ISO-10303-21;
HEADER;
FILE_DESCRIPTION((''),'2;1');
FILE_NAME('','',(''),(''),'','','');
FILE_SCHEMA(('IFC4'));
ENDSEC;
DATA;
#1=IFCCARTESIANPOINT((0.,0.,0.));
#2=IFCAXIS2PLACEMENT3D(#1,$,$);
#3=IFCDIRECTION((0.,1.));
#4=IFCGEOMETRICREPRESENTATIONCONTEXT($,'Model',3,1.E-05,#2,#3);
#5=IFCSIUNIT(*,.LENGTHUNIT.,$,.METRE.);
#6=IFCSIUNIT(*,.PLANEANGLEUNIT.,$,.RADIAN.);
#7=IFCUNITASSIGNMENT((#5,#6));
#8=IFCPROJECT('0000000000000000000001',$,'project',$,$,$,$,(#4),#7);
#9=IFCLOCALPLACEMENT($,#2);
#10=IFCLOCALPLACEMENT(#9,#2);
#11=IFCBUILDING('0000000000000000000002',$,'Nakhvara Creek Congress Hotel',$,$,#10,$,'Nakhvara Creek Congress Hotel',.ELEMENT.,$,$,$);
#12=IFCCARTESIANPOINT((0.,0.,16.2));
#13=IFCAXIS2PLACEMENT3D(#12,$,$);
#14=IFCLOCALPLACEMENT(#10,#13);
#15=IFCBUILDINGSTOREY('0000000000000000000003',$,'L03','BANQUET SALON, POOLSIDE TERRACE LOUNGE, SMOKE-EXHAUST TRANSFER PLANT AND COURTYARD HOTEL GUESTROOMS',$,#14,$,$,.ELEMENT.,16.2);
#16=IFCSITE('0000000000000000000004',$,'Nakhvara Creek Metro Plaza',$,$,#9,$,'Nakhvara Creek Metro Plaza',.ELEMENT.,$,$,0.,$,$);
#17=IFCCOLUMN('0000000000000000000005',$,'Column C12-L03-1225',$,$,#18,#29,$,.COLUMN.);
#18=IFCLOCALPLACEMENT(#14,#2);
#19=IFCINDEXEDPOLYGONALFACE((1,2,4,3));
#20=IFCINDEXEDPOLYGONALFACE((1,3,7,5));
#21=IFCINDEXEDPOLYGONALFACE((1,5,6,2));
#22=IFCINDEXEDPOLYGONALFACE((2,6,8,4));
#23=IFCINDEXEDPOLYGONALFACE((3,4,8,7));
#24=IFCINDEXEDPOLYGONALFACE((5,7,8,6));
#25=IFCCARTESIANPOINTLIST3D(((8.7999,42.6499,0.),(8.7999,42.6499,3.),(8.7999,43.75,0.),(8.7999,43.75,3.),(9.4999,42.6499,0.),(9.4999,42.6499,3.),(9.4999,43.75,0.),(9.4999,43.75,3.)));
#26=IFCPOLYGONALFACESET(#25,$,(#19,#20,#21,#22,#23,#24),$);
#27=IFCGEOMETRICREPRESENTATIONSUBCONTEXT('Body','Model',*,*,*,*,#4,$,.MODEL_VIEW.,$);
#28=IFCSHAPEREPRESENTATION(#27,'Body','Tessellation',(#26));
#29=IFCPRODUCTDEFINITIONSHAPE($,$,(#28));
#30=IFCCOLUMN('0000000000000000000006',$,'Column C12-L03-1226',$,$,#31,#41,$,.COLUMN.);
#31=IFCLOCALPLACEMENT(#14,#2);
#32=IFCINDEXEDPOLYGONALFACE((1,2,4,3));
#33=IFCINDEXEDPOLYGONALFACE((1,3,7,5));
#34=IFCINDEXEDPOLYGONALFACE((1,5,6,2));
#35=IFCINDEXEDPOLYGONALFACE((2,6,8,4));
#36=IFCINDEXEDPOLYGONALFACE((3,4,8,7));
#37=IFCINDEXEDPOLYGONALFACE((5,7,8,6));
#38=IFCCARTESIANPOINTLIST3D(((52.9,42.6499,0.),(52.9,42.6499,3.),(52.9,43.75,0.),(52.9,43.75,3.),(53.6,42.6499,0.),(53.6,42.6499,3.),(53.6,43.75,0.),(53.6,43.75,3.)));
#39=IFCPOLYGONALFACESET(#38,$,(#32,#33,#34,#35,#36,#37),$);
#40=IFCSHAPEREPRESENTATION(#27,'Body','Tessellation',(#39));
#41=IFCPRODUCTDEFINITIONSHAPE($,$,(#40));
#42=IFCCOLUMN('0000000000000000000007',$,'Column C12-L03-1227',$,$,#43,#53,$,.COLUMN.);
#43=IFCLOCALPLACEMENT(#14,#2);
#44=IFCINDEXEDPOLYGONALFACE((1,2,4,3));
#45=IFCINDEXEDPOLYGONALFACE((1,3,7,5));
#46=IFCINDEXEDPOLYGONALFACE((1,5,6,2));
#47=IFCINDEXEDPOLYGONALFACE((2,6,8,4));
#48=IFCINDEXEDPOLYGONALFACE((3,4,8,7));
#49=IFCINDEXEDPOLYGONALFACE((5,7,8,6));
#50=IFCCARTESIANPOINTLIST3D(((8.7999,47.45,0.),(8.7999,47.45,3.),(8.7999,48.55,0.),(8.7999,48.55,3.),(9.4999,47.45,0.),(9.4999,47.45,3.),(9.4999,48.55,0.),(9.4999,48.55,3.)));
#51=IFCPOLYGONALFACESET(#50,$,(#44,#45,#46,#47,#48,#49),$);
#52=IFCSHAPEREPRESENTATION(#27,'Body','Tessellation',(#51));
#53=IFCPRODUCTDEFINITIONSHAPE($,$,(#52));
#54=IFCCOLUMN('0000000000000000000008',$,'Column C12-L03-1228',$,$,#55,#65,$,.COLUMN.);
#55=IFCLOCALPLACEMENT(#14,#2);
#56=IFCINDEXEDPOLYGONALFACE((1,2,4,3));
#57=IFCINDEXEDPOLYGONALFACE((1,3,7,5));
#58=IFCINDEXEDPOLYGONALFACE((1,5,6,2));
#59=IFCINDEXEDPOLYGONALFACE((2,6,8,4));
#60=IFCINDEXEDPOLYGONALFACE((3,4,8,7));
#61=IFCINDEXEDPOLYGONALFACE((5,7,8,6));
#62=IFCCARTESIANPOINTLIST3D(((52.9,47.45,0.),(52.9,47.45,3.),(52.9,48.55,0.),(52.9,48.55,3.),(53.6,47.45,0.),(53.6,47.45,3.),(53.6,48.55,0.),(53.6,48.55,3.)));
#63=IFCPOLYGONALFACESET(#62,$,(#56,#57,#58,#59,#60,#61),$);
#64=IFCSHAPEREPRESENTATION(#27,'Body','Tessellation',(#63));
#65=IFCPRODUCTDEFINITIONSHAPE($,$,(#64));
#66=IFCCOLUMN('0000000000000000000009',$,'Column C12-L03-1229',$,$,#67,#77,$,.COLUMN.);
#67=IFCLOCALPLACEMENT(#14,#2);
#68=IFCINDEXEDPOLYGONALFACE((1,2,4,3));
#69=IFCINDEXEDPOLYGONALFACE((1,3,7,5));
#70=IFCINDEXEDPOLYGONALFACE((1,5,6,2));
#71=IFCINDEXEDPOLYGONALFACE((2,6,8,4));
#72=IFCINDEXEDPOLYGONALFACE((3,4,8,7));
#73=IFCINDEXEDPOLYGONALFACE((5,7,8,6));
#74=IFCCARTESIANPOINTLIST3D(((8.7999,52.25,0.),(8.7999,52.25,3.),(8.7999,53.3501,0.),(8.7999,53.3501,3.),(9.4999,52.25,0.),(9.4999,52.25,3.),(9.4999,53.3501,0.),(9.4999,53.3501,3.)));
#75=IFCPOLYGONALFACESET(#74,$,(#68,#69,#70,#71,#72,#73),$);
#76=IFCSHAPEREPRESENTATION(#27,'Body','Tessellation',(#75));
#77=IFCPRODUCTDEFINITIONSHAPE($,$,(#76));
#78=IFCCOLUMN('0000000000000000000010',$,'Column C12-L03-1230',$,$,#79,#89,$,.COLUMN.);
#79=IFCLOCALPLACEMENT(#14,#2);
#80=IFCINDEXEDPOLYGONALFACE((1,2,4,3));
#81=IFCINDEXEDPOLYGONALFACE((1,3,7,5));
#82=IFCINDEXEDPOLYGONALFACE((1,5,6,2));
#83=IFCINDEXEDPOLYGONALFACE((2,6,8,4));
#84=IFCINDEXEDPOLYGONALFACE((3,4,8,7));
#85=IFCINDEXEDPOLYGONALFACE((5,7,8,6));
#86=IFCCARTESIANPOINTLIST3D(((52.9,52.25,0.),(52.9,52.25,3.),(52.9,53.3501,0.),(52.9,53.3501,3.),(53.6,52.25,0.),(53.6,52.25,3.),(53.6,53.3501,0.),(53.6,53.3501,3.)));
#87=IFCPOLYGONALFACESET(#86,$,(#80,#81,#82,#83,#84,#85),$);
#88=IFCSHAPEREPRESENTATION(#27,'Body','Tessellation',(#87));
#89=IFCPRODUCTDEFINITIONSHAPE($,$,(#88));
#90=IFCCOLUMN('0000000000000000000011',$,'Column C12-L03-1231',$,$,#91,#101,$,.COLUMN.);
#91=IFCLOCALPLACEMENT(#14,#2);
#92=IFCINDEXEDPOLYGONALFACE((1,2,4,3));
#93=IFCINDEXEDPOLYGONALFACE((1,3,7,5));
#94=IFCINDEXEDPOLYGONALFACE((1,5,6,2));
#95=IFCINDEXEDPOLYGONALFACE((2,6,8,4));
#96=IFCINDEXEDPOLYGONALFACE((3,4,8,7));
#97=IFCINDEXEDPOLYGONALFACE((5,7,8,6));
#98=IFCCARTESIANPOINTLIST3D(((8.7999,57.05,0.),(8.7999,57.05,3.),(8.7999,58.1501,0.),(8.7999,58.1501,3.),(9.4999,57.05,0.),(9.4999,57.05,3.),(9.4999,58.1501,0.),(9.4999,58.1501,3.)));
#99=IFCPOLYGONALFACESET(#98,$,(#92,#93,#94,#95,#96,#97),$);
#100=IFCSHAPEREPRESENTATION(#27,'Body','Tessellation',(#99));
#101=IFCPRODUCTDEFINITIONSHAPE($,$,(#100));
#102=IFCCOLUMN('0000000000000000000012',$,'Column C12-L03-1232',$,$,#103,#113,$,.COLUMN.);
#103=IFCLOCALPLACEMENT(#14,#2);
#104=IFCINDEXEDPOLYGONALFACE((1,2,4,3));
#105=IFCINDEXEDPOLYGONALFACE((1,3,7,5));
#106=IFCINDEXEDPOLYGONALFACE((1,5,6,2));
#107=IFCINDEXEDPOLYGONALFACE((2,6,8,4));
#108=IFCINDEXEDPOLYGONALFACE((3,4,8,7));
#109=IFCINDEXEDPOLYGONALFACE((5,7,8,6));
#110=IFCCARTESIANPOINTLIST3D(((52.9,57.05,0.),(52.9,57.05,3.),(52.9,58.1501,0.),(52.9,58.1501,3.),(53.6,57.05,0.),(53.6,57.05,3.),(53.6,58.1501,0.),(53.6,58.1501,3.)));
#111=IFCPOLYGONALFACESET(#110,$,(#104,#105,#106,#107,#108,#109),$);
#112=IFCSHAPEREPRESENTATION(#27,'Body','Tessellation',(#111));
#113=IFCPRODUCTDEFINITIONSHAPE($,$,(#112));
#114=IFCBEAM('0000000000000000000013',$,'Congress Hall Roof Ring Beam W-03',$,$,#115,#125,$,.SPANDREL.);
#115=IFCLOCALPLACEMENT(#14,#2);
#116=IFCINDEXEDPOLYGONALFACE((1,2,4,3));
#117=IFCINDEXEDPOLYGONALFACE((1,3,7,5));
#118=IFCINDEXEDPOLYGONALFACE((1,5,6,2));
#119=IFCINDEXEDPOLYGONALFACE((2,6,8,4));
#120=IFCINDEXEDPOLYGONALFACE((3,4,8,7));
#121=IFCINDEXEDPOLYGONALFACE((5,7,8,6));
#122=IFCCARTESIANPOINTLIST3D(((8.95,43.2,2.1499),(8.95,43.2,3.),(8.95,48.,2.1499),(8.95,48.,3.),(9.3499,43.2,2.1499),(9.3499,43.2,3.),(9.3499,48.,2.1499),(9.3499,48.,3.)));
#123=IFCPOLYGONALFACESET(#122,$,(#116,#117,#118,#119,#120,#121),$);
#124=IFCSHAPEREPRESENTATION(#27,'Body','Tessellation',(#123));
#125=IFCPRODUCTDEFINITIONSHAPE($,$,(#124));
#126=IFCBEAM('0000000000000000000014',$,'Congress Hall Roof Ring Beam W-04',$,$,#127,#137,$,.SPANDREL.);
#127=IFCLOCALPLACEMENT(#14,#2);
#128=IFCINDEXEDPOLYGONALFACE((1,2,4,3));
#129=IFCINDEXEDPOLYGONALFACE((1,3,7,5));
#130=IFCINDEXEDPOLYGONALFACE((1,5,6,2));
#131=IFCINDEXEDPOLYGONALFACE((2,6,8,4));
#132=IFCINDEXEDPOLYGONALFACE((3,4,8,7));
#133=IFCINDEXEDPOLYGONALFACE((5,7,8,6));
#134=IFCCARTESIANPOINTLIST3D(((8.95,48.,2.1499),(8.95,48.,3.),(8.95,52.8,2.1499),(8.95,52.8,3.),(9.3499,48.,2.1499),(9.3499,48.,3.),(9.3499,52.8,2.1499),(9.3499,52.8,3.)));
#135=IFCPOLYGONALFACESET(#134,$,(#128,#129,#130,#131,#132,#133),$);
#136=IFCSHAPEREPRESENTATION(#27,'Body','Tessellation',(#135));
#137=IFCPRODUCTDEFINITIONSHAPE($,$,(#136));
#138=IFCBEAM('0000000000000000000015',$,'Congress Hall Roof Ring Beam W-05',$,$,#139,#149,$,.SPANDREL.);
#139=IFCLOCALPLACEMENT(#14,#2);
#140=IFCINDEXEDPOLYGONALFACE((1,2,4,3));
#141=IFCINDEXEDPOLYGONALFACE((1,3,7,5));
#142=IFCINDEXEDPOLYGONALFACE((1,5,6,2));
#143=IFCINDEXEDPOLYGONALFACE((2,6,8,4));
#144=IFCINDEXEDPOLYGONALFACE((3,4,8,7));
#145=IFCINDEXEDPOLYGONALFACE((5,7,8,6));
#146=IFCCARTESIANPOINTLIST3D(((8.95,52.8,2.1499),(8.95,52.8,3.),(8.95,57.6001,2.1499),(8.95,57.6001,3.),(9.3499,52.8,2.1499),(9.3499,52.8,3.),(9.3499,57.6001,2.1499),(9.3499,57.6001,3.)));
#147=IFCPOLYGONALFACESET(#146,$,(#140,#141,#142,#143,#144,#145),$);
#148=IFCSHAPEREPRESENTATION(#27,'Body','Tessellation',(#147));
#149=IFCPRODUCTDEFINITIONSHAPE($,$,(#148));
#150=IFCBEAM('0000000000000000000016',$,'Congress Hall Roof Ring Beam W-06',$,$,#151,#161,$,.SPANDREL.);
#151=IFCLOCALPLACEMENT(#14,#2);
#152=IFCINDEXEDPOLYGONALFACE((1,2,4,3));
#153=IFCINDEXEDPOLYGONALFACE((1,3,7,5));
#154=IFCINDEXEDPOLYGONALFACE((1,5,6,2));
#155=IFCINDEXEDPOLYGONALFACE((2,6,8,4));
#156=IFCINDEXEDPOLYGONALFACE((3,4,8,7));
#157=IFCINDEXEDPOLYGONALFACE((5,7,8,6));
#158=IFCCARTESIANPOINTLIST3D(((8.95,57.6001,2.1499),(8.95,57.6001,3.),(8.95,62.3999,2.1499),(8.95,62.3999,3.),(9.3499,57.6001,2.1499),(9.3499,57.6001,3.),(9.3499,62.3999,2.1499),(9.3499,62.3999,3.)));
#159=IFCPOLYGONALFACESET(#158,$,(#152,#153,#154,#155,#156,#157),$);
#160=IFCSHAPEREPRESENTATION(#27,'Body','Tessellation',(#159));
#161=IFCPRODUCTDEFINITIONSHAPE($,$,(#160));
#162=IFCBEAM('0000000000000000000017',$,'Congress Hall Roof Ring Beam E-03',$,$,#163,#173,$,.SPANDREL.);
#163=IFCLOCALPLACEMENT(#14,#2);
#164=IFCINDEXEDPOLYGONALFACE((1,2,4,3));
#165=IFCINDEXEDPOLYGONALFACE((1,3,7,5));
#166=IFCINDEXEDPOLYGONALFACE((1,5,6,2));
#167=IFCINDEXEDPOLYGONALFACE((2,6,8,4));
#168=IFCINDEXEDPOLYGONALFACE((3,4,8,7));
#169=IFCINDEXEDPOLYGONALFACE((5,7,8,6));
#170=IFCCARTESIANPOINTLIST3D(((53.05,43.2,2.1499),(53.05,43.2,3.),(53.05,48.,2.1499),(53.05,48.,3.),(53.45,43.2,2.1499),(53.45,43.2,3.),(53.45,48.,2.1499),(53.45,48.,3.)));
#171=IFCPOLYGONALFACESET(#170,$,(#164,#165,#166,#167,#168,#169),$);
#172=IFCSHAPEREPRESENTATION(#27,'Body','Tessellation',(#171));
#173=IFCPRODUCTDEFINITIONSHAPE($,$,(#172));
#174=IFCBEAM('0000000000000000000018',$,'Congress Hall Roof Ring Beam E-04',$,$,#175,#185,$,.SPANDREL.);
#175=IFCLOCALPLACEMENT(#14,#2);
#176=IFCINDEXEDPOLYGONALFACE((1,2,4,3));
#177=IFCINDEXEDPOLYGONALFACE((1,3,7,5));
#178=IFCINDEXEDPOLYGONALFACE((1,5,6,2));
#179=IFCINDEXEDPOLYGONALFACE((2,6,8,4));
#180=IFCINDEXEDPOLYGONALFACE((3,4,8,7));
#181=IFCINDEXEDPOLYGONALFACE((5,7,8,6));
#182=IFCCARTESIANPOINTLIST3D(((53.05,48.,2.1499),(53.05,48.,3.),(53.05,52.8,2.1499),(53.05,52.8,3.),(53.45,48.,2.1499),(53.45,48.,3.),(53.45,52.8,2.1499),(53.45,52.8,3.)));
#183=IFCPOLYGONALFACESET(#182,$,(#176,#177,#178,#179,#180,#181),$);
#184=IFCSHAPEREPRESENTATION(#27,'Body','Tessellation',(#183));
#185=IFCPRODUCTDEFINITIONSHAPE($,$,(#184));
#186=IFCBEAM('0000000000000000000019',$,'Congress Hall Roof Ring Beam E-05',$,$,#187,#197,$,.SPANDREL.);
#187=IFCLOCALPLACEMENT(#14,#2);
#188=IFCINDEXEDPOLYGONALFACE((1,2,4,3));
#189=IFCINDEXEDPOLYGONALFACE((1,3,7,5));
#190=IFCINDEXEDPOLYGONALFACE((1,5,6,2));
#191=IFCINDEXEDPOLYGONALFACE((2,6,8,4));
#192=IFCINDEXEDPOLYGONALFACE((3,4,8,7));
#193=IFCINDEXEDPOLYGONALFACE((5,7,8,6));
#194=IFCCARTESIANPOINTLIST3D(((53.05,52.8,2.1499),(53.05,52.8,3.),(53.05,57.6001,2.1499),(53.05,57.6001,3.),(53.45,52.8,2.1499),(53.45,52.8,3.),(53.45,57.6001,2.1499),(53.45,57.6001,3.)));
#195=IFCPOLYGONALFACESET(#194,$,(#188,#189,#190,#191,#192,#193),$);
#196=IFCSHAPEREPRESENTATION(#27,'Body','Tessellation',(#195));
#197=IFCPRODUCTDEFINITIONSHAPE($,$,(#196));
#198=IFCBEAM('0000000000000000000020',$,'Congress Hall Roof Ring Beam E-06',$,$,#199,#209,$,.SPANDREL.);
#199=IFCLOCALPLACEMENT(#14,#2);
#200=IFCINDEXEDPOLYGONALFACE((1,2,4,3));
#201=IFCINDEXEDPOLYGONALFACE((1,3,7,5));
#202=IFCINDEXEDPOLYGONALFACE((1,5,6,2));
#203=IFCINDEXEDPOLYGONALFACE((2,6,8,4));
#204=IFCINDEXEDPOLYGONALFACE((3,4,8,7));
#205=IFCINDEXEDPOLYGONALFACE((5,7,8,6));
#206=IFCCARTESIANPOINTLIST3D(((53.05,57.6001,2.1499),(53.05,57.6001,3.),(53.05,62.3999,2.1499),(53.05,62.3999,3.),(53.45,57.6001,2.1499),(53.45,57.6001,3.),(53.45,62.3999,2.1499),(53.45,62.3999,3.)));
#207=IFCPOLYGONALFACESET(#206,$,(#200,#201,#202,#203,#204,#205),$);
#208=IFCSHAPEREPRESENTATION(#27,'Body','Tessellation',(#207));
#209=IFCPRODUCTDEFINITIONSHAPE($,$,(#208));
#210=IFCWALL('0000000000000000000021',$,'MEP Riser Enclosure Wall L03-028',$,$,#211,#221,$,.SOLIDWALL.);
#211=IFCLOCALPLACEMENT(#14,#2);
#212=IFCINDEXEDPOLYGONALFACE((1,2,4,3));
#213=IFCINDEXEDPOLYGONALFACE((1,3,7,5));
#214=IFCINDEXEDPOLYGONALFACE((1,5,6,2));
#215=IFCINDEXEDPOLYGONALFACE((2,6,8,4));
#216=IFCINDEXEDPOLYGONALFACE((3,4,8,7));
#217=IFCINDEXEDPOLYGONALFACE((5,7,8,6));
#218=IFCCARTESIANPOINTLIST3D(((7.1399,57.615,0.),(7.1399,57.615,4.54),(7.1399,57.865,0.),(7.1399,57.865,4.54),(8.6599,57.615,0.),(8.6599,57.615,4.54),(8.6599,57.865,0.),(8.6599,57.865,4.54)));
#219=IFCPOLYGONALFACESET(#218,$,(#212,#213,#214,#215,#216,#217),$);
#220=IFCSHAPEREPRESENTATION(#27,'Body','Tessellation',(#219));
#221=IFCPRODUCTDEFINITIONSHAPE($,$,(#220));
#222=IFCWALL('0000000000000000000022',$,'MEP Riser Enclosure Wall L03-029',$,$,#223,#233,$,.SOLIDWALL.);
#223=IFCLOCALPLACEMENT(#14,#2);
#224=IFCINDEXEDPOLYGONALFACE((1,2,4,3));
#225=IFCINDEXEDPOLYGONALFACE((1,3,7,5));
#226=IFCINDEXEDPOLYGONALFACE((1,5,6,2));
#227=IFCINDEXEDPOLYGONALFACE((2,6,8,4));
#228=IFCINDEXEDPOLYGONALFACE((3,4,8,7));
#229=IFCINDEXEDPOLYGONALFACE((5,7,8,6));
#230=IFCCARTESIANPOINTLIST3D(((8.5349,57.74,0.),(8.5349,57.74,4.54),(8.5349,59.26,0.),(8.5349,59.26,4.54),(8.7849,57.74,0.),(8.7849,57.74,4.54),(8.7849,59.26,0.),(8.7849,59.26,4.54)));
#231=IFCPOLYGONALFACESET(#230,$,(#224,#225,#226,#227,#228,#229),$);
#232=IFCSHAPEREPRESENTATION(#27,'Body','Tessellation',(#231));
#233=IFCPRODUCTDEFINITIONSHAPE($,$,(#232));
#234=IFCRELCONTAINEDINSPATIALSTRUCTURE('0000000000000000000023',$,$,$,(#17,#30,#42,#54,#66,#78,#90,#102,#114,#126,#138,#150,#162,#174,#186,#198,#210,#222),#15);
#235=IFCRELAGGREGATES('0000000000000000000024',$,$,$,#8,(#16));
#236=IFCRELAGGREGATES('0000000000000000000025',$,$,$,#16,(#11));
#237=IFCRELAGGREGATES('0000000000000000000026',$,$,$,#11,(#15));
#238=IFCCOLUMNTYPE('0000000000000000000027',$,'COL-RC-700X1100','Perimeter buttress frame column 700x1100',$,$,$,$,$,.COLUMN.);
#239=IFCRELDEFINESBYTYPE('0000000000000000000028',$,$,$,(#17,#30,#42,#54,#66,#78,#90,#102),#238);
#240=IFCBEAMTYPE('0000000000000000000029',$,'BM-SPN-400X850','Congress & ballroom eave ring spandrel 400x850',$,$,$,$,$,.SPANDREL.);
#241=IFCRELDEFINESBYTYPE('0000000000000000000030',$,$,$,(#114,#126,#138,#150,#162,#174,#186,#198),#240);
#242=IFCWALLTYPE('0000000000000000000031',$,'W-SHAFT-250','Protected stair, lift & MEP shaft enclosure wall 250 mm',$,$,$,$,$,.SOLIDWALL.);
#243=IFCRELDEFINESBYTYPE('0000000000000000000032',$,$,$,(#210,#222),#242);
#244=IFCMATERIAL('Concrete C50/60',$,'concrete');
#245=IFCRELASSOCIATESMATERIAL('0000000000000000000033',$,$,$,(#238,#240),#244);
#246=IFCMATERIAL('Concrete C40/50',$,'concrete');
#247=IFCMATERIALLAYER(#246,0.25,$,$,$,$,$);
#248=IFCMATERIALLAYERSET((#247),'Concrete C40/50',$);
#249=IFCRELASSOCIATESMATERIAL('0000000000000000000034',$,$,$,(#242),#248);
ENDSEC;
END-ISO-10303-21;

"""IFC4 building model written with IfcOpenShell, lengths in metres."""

from ifc_helpers import new_model, si_unit, direction, frame, frame_2d, origin, origin_2d, place, context, subcontext, project, spatial, rectangle, extrude, material, layer, layer_set, material_profile, profile_set, type_object, element, save


model = new_model("IFC4")

# Units and contexts
model_context = context("Model", 3, precision=1e-05, world=origin(), true_north=direction((0.0, 1.0)))
body_context = subcontext(model_context, "Body", "Model", "MODEL_VIEW")
ifc_project = project(units=[si_unit("LENGTHUNIT", "METRE"), si_unit("PLANEANGLEUNIT", "RADIAN")], contexts=[model_context])

# Site, building, storey
site_placement = place(None, origin())
site = spatial("IfcSite", under=ifc_project, at=site_placement, Name="Nakhvara Creek Metro Plaza", LongName="Nakhvara Creek Metro Plaza", CompositionType="ELEMENT", RefElevation=0.0)
building_placement = place(site_placement, origin())
building = spatial("IfcBuilding", under=site, at=building_placement, Name="Nakhvara Creek Congress Hotel", LongName="Nakhvara Creek Congress Hotel", CompositionType="ELEMENT")
storey_placement = place(building_placement, frame((0.0, 0.0, 16.2)))
storey = spatial("IfcBuildingStorey", under=building, at=storey_placement, Name="L03", Description="BANQUET SALON, POOLSIDE TERRACE LOUNGE, SMOKE-EXHAUST TRANSFER PLANT AND COURTYARD HOTEL GUESTROOMS", CompositionType="ELEMENT", Elevation=16.2)

# Columns
ifc_material_1 = material(Name="Concrete C50/60", Category="concrete")
ifc_material_profile_1 = material_profile(ifc_material_1, rectangle(XDim=0.7, YDim=1.1001, at=origin_2d()), Name="RC-COL 700x1100", Category="LoadBearing")
ifc_profile_set_1 = profile_set([ifc_material_profile_1], Name="Concrete C50/60")
column_type = type_object("IfcColumnType", Name="COL-RC-700X1100", Description="Perimeter buttress frame column 700x1100", PredefinedType="COLUMN", material=ifc_profile_set_1)
for number, where, z_axis, x_axis, name in (
    (1, (9.1499, 43.2, 0.0), (0.0, 0.0, 1.0), (1.0, 0.0, 0.0), "Column C12-L03-1225"),
    (2, (53.25, 43.2, 0.0), (0.0, 0.0, 1.0), (1.0, 0.0, 0.0), "Column C12-L03-1226"),
    (3, (9.1499, 48.0, 0.0), (0.0, 0.0, 1.0), (1.0, 0.0, 0.0), "Column C12-L03-1227"),
    (4, (53.25, 48.0, 0.0), (0.0, 0.0, 1.0), (1.0, 0.0, 0.0), "Column C12-L03-1228"),
    (5, (9.1499, 52.8, 0.0), (0.0, 0.0, 1.0), (1.0, 0.0, 0.0), "Column C12-L03-1229"),
    (6, (53.25, 52.8, 0.0), (0.0, 0.0, 1.0), (1.0, 0.0, 0.0), "Column C12-L03-1230"),
    (7, (9.1499, 57.6001, 0.0), (0.0, 0.0, 1.0), (1.0, 0.0, 0.0), "Column C12-L03-1231"),
    (8, (53.25, 57.6001, 0.0), (0.0, 0.0, 1.0), (1.0, 0.0, 0.0), "Column C12-L03-1232"),
):
    element("IfcColumn", number, at=place(storey_placement, frame(where, z_axis=z_axis, x_axis=x_axis)), inside=storey, type_object=column_type, Name=name, PredefinedType="COLUMN", context=body_context, shape_type="SweptSolid", body=[
        extrude(rectangle(XDim=0.7, YDim=1.1001, at=origin_2d()), origin(), (0.0, 0.0, 1.0), 3.0),
    ])

# Beams
ifc_material_profile_2 = material_profile(ifc_material_1, rectangle(XDim=0.3999, YDim=0.8501, at=origin_2d()), Name="RC-SPANDREL 400x850", Category="LoadBearing")
ifc_profile_set_2 = profile_set([ifc_material_profile_2], Name="Concrete C50/60")
beam_type = type_object("IfcBeamType", Name="BM-SPN-400X850", Description="Congress & ballroom eave ring spandrel 400x850", PredefinedType="SPANDREL", material=ifc_profile_set_2)
for number, where, z_axis, x_axis, name in (
    (9, (9.1499, 43.2, 2.575), (0.0, 1.0, 0.0), (-1.0, 0.0, 0.0), "Congress Hall Roof Ring Beam W-03"),
    (10, (9.1499, 48.0, 2.575), (0.0, 1.0, 0.0), (-1.0, 0.0, 0.0), "Congress Hall Roof Ring Beam W-04"),
    (11, (9.1499, 52.8, 2.575), (0.0, 1.0, 0.0), (-1.0, 0.0, 0.0), "Congress Hall Roof Ring Beam W-05"),
):
    element("IfcBeam", number, at=place(storey_placement, frame(where, z_axis=z_axis, x_axis=x_axis)), inside=storey, type_object=beam_type, Name=name, PredefinedType="SPANDREL", context=body_context, shape_type="SweptSolid", body=[
        extrude(rectangle(XDim=0.3999, YDim=0.8501, at=origin_2d()), origin(), (0.0, 0.0, 1.0), 4.8),
    ])
beam_1_placement = place(storey_placement, frame((9.1499, 57.6001, 2.575), z_axis=(0.0, 1.0, 0.0), x_axis=(-1.0, 0.0, 0.0)))
element("IfcBeam", 12, at=beam_1_placement, inside=storey, type_object=beam_type, Name="Congress Hall Roof Ring Beam W-06", PredefinedType="SPANDREL", context=body_context, shape_type="SweptSolid", body=[
    extrude(rectangle(XDim=0.3999, YDim=0.8501, at=origin_2d()), origin(), (0.0, 0.0, 1.0), 4.7998),
])
for number, where, z_axis, x_axis, name in (
    (13, (53.25, 43.2, 2.575), (0.0, 1.0, 0.0), (-1.0, 0.0, 0.0), "Congress Hall Roof Ring Beam E-03"),
    (14, (53.25, 48.0, 2.575), (0.0, 1.0, 0.0), (-1.0, 0.0, 0.0), "Congress Hall Roof Ring Beam E-04"),
    (15, (53.25, 52.8, 2.575), (0.0, 1.0, 0.0), (-1.0, 0.0, 0.0), "Congress Hall Roof Ring Beam E-05"),
):
    element("IfcBeam", number, at=place(storey_placement, frame(where, z_axis=z_axis, x_axis=x_axis)), inside=storey, type_object=beam_type, Name=name, PredefinedType="SPANDREL", context=body_context, shape_type="SweptSolid", body=[
        extrude(rectangle(XDim=0.3999, YDim=0.8501, at=origin_2d()), origin(), (0.0, 0.0, 1.0), 4.8),
    ])
beam_2_placement = place(storey_placement, frame((53.25, 57.6001, 2.575), z_axis=(0.0, 1.0, 0.0), x_axis=(-1.0, 0.0, 0.0)))
element("IfcBeam", 16, at=beam_2_placement, inside=storey, type_object=beam_type, Name="Congress Hall Roof Ring Beam E-06", PredefinedType="SPANDREL", context=body_context, shape_type="SweptSolid", body=[
    extrude(rectangle(XDim=0.3999, YDim=0.8501, at=origin_2d()), origin(), (0.0, 0.0, 1.0), 4.7998),
])

# Walls
ifc_material_2 = material(Name="Concrete C40/50", Category="concrete")
ifc_layer = layer(ifc_material_2, 0.25)
ifc_layer_set = layer_set([ifc_layer], Name="Concrete C40/50")
wall_type = type_object("IfcWallType", Name="W-SHAFT-250", Description="Protected stair, lift & MEP shaft enclosure wall 250 mm", PredefinedType="SOLIDWALL", material=ifc_layer_set)
for number, where, z_axis, x_axis, name in (
    (17, (7.1399, 57.74, 0.0), (0.0, 0.0, 1.0), (1.0, 0.0, 0.0), "MEP Riser Enclosure Wall L03-028"),
    (18, (8.6599, 57.74, 0.0), (0.0, 0.0, 1.0), (0.0, 1.0, 0.0), "MEP Riser Enclosure Wall L03-029"),
):
    element("IfcWall", number, at=place(storey_placement, frame(where, z_axis=z_axis, x_axis=x_axis)), inside=storey, type_object=wall_type, Name=name, PredefinedType="SOLIDWALL", context=body_context, shape_type="SweptSolid", body=[
        extrude(rectangle(XDim=1.52, YDim=0.25, at=frame_2d((0.76, 0.0))), origin(), (0.0, 0.0, 1.0), 4.54),
    ])

save(model, "model.ifc")
